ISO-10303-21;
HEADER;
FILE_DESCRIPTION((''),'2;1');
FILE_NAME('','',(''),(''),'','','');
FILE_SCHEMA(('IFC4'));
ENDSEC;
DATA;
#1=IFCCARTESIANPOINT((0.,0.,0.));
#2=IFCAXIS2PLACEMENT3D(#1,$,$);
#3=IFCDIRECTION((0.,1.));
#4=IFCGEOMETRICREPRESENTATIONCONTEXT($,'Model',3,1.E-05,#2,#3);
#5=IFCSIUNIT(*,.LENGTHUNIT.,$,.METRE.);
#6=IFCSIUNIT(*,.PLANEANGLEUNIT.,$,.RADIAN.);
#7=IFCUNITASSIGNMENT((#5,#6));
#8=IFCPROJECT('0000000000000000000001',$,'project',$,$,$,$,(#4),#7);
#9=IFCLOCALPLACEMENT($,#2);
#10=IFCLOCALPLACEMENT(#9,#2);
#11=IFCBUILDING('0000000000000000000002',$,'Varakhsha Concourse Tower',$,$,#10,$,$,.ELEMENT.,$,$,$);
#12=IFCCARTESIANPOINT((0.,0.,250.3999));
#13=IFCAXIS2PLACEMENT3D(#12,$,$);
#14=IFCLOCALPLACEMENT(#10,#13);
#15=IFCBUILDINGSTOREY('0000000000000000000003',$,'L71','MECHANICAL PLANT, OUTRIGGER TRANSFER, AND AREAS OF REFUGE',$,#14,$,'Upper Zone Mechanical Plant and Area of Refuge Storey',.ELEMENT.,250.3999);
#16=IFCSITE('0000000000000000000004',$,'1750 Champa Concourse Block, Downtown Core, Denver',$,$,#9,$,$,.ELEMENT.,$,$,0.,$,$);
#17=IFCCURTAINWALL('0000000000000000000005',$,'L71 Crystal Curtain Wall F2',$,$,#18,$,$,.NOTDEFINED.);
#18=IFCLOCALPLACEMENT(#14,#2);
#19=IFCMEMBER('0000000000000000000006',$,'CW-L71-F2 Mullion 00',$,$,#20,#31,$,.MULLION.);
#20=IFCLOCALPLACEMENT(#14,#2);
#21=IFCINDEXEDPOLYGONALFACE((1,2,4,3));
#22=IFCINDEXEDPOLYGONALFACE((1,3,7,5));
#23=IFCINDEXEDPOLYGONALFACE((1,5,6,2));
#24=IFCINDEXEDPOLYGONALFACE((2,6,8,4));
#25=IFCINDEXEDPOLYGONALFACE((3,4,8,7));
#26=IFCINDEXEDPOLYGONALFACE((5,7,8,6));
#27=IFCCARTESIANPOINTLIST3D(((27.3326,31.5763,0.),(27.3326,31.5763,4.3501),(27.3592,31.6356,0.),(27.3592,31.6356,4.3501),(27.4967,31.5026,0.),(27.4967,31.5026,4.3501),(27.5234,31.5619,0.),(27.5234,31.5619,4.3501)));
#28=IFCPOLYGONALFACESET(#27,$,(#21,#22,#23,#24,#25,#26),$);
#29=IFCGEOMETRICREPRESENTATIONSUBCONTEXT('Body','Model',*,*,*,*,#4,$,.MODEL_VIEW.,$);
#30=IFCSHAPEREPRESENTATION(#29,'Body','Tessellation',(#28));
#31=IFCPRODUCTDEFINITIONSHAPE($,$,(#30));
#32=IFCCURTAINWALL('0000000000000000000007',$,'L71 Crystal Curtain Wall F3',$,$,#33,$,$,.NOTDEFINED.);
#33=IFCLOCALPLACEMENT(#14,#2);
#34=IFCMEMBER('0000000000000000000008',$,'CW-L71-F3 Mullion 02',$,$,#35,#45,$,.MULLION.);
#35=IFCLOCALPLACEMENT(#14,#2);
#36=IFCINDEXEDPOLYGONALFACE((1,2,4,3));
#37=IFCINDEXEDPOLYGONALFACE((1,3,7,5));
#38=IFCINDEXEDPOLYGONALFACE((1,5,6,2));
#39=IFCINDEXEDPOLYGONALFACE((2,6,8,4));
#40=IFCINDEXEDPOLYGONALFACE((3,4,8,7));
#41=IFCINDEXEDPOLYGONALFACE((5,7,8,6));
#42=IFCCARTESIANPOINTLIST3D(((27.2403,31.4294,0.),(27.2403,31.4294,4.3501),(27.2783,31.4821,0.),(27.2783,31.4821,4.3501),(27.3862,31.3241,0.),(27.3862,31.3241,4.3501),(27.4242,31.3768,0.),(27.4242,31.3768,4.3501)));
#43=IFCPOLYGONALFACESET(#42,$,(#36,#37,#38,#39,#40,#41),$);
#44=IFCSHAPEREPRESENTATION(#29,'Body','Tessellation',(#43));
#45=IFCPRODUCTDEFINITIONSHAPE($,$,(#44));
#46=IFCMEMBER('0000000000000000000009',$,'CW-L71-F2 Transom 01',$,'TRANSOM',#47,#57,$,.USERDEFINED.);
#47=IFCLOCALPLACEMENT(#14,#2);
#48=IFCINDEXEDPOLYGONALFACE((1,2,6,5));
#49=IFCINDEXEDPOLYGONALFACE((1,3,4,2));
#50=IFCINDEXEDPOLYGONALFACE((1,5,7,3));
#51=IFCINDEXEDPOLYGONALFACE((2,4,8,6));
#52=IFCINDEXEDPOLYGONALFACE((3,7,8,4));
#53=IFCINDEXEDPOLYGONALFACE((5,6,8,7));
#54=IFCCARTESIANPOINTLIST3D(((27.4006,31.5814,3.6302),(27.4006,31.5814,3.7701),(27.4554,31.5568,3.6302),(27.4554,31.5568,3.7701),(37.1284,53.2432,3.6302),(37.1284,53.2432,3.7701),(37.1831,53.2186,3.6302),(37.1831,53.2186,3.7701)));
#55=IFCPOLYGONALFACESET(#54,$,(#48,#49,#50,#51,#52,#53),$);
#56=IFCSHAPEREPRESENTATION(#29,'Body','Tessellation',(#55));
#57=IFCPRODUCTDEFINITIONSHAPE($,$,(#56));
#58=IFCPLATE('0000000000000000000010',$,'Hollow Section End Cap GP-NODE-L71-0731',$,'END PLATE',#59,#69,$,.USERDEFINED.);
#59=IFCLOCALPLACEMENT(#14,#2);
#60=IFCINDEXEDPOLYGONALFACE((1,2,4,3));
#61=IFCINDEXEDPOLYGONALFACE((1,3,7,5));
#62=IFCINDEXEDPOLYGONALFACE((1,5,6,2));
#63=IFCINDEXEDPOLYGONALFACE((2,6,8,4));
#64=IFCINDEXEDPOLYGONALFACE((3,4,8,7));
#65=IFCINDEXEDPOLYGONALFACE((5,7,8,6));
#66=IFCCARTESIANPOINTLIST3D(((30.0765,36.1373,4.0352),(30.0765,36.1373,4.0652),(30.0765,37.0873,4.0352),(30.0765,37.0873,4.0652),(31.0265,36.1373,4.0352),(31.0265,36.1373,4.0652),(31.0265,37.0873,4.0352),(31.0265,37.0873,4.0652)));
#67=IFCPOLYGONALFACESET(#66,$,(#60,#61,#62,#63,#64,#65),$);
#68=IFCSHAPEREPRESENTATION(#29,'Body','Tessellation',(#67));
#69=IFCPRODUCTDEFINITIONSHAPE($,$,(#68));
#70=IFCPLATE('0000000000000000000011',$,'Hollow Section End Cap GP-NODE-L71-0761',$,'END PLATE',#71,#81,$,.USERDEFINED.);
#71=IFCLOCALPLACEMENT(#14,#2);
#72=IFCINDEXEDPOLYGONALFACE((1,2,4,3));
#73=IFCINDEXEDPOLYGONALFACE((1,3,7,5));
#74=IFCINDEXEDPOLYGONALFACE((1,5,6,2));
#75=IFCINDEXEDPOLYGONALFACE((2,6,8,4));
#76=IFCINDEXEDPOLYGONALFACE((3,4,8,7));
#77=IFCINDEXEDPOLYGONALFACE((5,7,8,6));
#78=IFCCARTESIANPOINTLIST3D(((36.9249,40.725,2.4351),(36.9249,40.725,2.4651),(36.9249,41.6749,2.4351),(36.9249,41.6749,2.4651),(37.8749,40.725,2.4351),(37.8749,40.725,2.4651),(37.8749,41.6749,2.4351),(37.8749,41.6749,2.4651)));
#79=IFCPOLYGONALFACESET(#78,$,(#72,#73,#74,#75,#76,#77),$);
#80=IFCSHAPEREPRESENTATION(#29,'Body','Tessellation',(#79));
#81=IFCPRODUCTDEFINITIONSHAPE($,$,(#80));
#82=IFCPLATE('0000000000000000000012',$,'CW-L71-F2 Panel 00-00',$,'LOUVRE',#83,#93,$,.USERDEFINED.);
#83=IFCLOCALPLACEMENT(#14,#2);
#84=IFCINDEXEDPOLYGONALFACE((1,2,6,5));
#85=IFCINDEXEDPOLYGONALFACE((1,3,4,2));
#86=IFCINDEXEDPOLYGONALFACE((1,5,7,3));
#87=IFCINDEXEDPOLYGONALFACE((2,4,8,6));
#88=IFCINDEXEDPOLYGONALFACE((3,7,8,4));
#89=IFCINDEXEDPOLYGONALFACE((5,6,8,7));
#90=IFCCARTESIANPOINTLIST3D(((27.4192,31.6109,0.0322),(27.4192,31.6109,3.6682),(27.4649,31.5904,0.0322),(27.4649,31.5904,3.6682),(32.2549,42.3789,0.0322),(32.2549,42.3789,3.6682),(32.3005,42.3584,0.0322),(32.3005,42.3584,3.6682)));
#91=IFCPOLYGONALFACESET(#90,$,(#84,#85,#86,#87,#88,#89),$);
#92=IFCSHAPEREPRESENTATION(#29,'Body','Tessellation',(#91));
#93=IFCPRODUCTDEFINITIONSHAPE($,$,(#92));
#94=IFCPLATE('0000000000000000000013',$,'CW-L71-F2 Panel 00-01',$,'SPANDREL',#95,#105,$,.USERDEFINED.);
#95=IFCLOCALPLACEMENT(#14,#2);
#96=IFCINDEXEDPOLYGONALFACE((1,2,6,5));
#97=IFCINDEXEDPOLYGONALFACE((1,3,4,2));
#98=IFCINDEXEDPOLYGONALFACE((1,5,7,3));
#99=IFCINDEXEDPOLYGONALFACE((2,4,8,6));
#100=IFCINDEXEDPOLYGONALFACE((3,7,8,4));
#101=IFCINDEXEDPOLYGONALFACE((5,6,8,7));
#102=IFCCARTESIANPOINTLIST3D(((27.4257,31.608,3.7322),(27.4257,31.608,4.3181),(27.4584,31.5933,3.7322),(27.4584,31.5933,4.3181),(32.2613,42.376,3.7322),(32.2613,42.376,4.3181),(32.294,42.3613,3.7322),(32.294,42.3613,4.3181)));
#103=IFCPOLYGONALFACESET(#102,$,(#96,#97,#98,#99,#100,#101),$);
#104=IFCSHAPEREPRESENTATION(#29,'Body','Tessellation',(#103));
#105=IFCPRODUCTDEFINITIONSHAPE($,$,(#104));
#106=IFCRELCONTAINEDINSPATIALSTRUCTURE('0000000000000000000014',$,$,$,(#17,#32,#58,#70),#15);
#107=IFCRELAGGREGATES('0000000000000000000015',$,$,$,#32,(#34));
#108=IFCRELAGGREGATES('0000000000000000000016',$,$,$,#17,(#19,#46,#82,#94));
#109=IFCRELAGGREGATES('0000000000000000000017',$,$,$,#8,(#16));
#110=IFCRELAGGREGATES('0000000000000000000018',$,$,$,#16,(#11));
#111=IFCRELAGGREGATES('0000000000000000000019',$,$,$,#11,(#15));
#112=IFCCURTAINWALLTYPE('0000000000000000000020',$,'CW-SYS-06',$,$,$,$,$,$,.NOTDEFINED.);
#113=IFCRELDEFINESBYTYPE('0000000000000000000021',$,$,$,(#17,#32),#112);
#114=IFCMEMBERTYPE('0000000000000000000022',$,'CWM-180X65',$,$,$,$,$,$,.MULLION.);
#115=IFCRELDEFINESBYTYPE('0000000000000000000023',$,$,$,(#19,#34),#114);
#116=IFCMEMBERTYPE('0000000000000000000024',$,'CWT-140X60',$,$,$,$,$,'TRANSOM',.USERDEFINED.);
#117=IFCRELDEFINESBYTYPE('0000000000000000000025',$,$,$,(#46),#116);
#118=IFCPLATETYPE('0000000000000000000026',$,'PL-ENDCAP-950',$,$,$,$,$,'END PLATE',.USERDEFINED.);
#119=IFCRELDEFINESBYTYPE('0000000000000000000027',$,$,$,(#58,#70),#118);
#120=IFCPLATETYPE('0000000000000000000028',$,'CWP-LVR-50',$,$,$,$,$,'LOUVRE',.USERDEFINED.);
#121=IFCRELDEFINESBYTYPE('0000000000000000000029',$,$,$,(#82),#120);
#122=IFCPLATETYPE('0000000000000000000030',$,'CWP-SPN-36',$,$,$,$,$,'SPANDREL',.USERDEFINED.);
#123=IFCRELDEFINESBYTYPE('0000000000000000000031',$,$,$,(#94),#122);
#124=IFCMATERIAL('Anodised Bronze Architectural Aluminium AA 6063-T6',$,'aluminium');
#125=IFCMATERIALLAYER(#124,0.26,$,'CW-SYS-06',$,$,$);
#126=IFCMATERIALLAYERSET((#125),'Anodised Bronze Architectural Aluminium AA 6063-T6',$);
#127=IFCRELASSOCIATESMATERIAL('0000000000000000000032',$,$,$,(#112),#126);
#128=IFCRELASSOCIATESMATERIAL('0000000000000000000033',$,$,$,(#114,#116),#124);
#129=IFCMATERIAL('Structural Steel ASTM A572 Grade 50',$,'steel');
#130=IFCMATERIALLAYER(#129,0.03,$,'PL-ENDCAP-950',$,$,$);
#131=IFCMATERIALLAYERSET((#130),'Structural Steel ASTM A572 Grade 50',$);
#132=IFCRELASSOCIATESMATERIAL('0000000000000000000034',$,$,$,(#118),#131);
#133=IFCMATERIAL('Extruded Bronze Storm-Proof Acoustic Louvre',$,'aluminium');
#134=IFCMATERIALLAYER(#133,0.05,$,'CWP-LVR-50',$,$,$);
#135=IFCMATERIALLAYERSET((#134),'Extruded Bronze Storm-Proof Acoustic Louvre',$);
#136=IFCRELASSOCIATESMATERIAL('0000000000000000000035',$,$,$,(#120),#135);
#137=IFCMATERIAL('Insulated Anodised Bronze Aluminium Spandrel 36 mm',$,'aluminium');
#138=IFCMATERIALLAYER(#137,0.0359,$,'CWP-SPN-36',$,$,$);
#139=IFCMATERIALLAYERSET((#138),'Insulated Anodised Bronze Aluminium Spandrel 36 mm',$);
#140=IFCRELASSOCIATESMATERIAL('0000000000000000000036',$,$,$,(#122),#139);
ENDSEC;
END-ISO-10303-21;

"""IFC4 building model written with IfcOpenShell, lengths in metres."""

from ifc_helpers import new_model, si_unit, direction, frame, origin, origin_2d, place, context, subcontext, project, spatial, rectangle, extrude, source, transform, mapped, material, layer, layer_set, material_profile, profile_set, type_object, type_shapes, element, aggregate, save


model = new_model("IFC4")

# Units and contexts
model_context = context("Model", 3, precision=1e-05, world=origin(), true_north=direction((0.0, 1.0)))
body_context = subcontext(model_context, "Body", "Model", "MODEL_VIEW")
ifc_project = project(units=[si_unit("LENGTHUNIT", "METRE"), si_unit("PLANEANGLEUNIT", "RADIAN")], contexts=[model_context])

# Site, building, storey
site_placement = place(None, origin())
site = spatial("IfcSite", under=ifc_project, at=site_placement, Name="1750 Champa Concourse Block, Downtown Core, Denver", CompositionType="ELEMENT", RefElevation=0.0)
building_placement = place(site_placement, origin())
building = spatial("IfcBuilding", under=site, at=building_placement, Name="Varakhsha Concourse Tower", CompositionType="ELEMENT")
storey_placement = place(building_placement, frame((0.0, 0.0, 250.3999)))
storey = spatial("IfcBuildingStorey", under=building, at=storey_placement, Name="L71", Description="MECHANICAL PLANT, OUTRIGGER TRANSFER, AND AREAS OF REFUGE", LongName="Upper Zone Mechanical Plant and Area of Refuge Storey", CompositionType="ELEMENT", Elevation=250.3999)

# Shared definitions
ifc_material_1 = material(Name="Structural Steel ASTM A572 Grade 50", Category="steel")

# Curtain walls, members
ifc_material_2 = material(Name="Anodised Bronze Architectural Aluminium AA 6063-T6", Category="aluminium")
ifc_layer_1 = layer(ifc_material_2, 0.26, Name="CW-SYS-06")
ifc_layer_set_1 = layer_set([ifc_layer_1], Name="Anodised Bronze Architectural Aluminium AA 6063-T6")
curtain_wall_type = type_object("IfcCurtainWallType", Name="CW-SYS-06", PredefinedType="NOTDEFINED", material=ifc_layer_set_1)
curtain_wall_1_placement = place(storey_placement, origin())
curtain_wall_1 = element("IfcCurtainWall", 1, at=curtain_wall_1_placement, inside=storey, type_object=curtain_wall_type, Name="L71 Crystal Curtain Wall F2", PredefinedType="NOTDEFINED")
ifc_material_profile_1 = material_profile(ifc_material_2, rectangle(XDim=0.0649, YDim=0.1799, at=origin_2d()), Name="CWM-180X65")
ifc_profile_set_1 = profile_set([ifc_material_profile_1], Name="Anodised Bronze Architectural Aluminium AA 6063-T6")
member_type_1 = type_object("IfcMemberType", Name="CWM-180X65", PredefinedType="MULLION", material=ifc_profile_set_1)
shared_shape_1 = source(origin(), body_context, "Body", "SweptSolid", [
    extrude(rectangle(XDim=0.0649, YDim=0.1799, at=origin_2d()), origin(), (0.0, 0.0, 1.0), 4.3501),
])
type_shapes(member_type_1, [shared_shape_1])
member_1_placement = place(storey_placement, frame((27.428, 31.5691, 0.0), z_axis=(0.0, 0.0, 1.0), x_axis=(0.409662, 0.912237, 0.0)))
member_1 = element("IfcMember", 2, at=member_1_placement, type_object=member_type_1, Name="CW-L71-F2 Mullion 00", PredefinedType="MULLION", context=body_context, shape_type="MappedRepresentation", body=[
    mapped(shared_shape_1, transform((0.0, 0.0, 0.0), scale=1.0)),
])
curtain_wall_2_placement = place(storey_placement, origin())
curtain_wall_2 = element("IfcCurtainWall", 3, at=curtain_wall_2_placement, inside=storey, type_object=curtain_wall_type, Name="L71 Crystal Curtain Wall F3", PredefinedType="NOTDEFINED")
member_2_placement = place(storey_placement, frame((27.3323, 31.4031, 0.0), z_axis=(0.0, 0.0, 1.0), x_axis=(0.585187, 0.810898, 0.0)))
member_2 = element("IfcMember", 4, at=member_2_placement, type_object=member_type_1, Name="CW-L71-F3 Mullion 02", PredefinedType="MULLION", context=body_context, shape_type="MappedRepresentation", body=[
    mapped(shared_shape_1, transform((0.0, 0.0, 0.0), scale=1.0)),
])
aggregate(curtain_wall_2, [member_2])

# Member
ifc_material_profile_2 = material_profile(ifc_material_2, rectangle(XDim=0.0601, YDim=0.1399, at=origin_2d()), Name="CWT-140X60")
ifc_profile_set_2 = profile_set([ifc_material_profile_2], Name="Anodised Bronze Architectural Aluminium AA 6063-T6")
member_type_2 = type_object("IfcMemberType", Name="CWT-140X60", ElementType="TRANSOM", PredefinedType="USERDEFINED", material=ifc_profile_set_2)
shared_shape_2 = source(origin(), body_context, "Body", "SweptSolid", [
    extrude(rectangle(XDim=0.0601, YDim=0.1399, at=origin_2d()), origin(), (0.0, 0.0, 1.0), 23.7458),
])
type_shapes(member_type_2, [shared_shape_2])
member_3_placement = place(storey_placement, frame((27.428, 31.5691, 3.7002), z_axis=(0.409662, 0.912237, 0.0), x_axis=(-0.912237, 0.409662, 0.0)))
member_3 = element("IfcMember", 5, at=member_3_placement, type_object=member_type_2, Name="CW-L71-F2 Transom 01", ObjectType="TRANSOM", PredefinedType="USERDEFINED", context=body_context, shape_type="MappedRepresentation", body=[
    mapped(shared_shape_2, transform((0.0, 0.0, 0.0), scale=1.0)),
])

# Plates
ifc_layer_2 = layer(ifc_material_1, 0.03, Name="PL-ENDCAP-950")
ifc_layer_set_2 = layer_set([ifc_layer_2], Name="Structural Steel ASTM A572 Grade 50")
plate_type_1 = type_object("IfcPlateType", Name="PL-ENDCAP-950", ElementType="END PLATE", PredefinedType="USERDEFINED", material=ifc_layer_set_2)
shared_shape_3 = source(origin(), body_context, "Body", "SweptSolid", [
    extrude(rectangle(XDim=0.95, YDim=0.95, at=origin_2d()), origin(), (0.0, 0.0, 1.0), 0.03),
])
type_shapes(plate_type_1, [shared_shape_3])
for number, where, z_axis, x_axis, name in (
    (6, (30.5515, 36.6123, 4.0352), (0.0, 0.0, 1.0), (1.0, 0.0, 0.0), "Hollow Section End Cap GP-NODE-L71-0731"),
    (7, (37.3999, 41.2, 2.4351), (0.0, 0.0, 1.0), (1.0, 0.0, 0.0), "Hollow Section End Cap GP-NODE-L71-0761"),
):
    element("IfcPlate", number, at=place(storey_placement, frame(where, z_axis=z_axis, x_axis=x_axis)), inside=storey, type_object=plate_type_1, Name=name, ObjectType="END PLATE", PredefinedType="USERDEFINED", context=body_context, shape_type="MappedRepresentation", body=[
        mapped(shared_shape_3, transform((0.0, 0.0, 0.0), scale=1.0)),
    ])

# Plates
ifc_material_3 = material(Name="Extruded Bronze Storm-Proof Acoustic Louvre", Category="aluminium")
ifc_layer_3 = layer(ifc_material_3, 0.05, Name="CWP-LVR-50")
ifc_layer_set_3 = layer_set([ifc_layer_3], Name="Extruded Bronze Storm-Proof Acoustic Louvre")
plate_type_2 = type_object("IfcPlateType", Name="CWP-LVR-50", ElementType="LOUVRE", PredefinedType="USERDEFINED", material=ifc_layer_set_3)
shared_shape_4 = source(origin(), body_context, "Body", "SweptSolid", [
    extrude(rectangle(XDim=11.804, YDim=0.05, at=origin_2d()), origin(), (0.0, 0.0, 1.0), 3.636),
])
type_shapes(plate_type_2, [shared_shape_4])
plate_1_placement = place(storey_placement, frame((29.8599, 36.9846, 0.0322), z_axis=(0.0, 0.0, 1.0), x_axis=(0.409662, 0.912237, 0.0)))
plate_1 = element("IfcPlate", 8, at=plate_1_placement, type_object=plate_type_2, Name="CW-L71-F2 Panel 00-00", ObjectType="LOUVRE", PredefinedType="USERDEFINED", context=body_context, shape_type="MappedRepresentation", body=[
    mapped(shared_shape_4, transform((0.0, 0.0, 0.0), scale=1.0)),
])
ifc_material_4 = material(Name="Insulated Anodised Bronze Aluminium Spandrel 36 mm", Category="aluminium")
ifc_layer_4 = layer(ifc_material_4, 0.0359, Name="CWP-SPN-36")
ifc_layer_set_4 = layer_set([ifc_layer_4], Name="Insulated Anodised Bronze Aluminium Spandrel 36 mm")
plate_type_3 = type_object("IfcPlateType", Name="CWP-SPN-36", ElementType="SPANDREL", PredefinedType="USERDEFINED", material=ifc_layer_set_4)
shared_shape_5 = source(origin(), body_context, "Body", "SweptSolid", [
    extrude(rectangle(XDim=11.804, YDim=0.0359, at=origin_2d()), origin(), (0.0, 0.0, 1.0), 0.5859),
])
type_shapes(plate_type_3, [shared_shape_5])
plate_2_placement = place(storey_placement, frame((29.8599, 36.9846, 3.7322), z_axis=(0.0, 0.0, 1.0), x_axis=(0.409662, 0.912237, 0.0)))
plate_2 = element("IfcPlate", 9, at=plate_2_placement, type_object=plate_type_3, Name="CW-L71-F2 Panel 00-01", ObjectType="SPANDREL", PredefinedType="USERDEFINED", context=body_context, shape_type="MappedRepresentation", body=[
    mapped(shared_shape_5, transform((0.0, 0.0, 0.0), scale=1.0)),
])
aggregate(curtain_wall_1, [member_1, member_3, plate_1, plate_2])

save(model, "model.ifc")
